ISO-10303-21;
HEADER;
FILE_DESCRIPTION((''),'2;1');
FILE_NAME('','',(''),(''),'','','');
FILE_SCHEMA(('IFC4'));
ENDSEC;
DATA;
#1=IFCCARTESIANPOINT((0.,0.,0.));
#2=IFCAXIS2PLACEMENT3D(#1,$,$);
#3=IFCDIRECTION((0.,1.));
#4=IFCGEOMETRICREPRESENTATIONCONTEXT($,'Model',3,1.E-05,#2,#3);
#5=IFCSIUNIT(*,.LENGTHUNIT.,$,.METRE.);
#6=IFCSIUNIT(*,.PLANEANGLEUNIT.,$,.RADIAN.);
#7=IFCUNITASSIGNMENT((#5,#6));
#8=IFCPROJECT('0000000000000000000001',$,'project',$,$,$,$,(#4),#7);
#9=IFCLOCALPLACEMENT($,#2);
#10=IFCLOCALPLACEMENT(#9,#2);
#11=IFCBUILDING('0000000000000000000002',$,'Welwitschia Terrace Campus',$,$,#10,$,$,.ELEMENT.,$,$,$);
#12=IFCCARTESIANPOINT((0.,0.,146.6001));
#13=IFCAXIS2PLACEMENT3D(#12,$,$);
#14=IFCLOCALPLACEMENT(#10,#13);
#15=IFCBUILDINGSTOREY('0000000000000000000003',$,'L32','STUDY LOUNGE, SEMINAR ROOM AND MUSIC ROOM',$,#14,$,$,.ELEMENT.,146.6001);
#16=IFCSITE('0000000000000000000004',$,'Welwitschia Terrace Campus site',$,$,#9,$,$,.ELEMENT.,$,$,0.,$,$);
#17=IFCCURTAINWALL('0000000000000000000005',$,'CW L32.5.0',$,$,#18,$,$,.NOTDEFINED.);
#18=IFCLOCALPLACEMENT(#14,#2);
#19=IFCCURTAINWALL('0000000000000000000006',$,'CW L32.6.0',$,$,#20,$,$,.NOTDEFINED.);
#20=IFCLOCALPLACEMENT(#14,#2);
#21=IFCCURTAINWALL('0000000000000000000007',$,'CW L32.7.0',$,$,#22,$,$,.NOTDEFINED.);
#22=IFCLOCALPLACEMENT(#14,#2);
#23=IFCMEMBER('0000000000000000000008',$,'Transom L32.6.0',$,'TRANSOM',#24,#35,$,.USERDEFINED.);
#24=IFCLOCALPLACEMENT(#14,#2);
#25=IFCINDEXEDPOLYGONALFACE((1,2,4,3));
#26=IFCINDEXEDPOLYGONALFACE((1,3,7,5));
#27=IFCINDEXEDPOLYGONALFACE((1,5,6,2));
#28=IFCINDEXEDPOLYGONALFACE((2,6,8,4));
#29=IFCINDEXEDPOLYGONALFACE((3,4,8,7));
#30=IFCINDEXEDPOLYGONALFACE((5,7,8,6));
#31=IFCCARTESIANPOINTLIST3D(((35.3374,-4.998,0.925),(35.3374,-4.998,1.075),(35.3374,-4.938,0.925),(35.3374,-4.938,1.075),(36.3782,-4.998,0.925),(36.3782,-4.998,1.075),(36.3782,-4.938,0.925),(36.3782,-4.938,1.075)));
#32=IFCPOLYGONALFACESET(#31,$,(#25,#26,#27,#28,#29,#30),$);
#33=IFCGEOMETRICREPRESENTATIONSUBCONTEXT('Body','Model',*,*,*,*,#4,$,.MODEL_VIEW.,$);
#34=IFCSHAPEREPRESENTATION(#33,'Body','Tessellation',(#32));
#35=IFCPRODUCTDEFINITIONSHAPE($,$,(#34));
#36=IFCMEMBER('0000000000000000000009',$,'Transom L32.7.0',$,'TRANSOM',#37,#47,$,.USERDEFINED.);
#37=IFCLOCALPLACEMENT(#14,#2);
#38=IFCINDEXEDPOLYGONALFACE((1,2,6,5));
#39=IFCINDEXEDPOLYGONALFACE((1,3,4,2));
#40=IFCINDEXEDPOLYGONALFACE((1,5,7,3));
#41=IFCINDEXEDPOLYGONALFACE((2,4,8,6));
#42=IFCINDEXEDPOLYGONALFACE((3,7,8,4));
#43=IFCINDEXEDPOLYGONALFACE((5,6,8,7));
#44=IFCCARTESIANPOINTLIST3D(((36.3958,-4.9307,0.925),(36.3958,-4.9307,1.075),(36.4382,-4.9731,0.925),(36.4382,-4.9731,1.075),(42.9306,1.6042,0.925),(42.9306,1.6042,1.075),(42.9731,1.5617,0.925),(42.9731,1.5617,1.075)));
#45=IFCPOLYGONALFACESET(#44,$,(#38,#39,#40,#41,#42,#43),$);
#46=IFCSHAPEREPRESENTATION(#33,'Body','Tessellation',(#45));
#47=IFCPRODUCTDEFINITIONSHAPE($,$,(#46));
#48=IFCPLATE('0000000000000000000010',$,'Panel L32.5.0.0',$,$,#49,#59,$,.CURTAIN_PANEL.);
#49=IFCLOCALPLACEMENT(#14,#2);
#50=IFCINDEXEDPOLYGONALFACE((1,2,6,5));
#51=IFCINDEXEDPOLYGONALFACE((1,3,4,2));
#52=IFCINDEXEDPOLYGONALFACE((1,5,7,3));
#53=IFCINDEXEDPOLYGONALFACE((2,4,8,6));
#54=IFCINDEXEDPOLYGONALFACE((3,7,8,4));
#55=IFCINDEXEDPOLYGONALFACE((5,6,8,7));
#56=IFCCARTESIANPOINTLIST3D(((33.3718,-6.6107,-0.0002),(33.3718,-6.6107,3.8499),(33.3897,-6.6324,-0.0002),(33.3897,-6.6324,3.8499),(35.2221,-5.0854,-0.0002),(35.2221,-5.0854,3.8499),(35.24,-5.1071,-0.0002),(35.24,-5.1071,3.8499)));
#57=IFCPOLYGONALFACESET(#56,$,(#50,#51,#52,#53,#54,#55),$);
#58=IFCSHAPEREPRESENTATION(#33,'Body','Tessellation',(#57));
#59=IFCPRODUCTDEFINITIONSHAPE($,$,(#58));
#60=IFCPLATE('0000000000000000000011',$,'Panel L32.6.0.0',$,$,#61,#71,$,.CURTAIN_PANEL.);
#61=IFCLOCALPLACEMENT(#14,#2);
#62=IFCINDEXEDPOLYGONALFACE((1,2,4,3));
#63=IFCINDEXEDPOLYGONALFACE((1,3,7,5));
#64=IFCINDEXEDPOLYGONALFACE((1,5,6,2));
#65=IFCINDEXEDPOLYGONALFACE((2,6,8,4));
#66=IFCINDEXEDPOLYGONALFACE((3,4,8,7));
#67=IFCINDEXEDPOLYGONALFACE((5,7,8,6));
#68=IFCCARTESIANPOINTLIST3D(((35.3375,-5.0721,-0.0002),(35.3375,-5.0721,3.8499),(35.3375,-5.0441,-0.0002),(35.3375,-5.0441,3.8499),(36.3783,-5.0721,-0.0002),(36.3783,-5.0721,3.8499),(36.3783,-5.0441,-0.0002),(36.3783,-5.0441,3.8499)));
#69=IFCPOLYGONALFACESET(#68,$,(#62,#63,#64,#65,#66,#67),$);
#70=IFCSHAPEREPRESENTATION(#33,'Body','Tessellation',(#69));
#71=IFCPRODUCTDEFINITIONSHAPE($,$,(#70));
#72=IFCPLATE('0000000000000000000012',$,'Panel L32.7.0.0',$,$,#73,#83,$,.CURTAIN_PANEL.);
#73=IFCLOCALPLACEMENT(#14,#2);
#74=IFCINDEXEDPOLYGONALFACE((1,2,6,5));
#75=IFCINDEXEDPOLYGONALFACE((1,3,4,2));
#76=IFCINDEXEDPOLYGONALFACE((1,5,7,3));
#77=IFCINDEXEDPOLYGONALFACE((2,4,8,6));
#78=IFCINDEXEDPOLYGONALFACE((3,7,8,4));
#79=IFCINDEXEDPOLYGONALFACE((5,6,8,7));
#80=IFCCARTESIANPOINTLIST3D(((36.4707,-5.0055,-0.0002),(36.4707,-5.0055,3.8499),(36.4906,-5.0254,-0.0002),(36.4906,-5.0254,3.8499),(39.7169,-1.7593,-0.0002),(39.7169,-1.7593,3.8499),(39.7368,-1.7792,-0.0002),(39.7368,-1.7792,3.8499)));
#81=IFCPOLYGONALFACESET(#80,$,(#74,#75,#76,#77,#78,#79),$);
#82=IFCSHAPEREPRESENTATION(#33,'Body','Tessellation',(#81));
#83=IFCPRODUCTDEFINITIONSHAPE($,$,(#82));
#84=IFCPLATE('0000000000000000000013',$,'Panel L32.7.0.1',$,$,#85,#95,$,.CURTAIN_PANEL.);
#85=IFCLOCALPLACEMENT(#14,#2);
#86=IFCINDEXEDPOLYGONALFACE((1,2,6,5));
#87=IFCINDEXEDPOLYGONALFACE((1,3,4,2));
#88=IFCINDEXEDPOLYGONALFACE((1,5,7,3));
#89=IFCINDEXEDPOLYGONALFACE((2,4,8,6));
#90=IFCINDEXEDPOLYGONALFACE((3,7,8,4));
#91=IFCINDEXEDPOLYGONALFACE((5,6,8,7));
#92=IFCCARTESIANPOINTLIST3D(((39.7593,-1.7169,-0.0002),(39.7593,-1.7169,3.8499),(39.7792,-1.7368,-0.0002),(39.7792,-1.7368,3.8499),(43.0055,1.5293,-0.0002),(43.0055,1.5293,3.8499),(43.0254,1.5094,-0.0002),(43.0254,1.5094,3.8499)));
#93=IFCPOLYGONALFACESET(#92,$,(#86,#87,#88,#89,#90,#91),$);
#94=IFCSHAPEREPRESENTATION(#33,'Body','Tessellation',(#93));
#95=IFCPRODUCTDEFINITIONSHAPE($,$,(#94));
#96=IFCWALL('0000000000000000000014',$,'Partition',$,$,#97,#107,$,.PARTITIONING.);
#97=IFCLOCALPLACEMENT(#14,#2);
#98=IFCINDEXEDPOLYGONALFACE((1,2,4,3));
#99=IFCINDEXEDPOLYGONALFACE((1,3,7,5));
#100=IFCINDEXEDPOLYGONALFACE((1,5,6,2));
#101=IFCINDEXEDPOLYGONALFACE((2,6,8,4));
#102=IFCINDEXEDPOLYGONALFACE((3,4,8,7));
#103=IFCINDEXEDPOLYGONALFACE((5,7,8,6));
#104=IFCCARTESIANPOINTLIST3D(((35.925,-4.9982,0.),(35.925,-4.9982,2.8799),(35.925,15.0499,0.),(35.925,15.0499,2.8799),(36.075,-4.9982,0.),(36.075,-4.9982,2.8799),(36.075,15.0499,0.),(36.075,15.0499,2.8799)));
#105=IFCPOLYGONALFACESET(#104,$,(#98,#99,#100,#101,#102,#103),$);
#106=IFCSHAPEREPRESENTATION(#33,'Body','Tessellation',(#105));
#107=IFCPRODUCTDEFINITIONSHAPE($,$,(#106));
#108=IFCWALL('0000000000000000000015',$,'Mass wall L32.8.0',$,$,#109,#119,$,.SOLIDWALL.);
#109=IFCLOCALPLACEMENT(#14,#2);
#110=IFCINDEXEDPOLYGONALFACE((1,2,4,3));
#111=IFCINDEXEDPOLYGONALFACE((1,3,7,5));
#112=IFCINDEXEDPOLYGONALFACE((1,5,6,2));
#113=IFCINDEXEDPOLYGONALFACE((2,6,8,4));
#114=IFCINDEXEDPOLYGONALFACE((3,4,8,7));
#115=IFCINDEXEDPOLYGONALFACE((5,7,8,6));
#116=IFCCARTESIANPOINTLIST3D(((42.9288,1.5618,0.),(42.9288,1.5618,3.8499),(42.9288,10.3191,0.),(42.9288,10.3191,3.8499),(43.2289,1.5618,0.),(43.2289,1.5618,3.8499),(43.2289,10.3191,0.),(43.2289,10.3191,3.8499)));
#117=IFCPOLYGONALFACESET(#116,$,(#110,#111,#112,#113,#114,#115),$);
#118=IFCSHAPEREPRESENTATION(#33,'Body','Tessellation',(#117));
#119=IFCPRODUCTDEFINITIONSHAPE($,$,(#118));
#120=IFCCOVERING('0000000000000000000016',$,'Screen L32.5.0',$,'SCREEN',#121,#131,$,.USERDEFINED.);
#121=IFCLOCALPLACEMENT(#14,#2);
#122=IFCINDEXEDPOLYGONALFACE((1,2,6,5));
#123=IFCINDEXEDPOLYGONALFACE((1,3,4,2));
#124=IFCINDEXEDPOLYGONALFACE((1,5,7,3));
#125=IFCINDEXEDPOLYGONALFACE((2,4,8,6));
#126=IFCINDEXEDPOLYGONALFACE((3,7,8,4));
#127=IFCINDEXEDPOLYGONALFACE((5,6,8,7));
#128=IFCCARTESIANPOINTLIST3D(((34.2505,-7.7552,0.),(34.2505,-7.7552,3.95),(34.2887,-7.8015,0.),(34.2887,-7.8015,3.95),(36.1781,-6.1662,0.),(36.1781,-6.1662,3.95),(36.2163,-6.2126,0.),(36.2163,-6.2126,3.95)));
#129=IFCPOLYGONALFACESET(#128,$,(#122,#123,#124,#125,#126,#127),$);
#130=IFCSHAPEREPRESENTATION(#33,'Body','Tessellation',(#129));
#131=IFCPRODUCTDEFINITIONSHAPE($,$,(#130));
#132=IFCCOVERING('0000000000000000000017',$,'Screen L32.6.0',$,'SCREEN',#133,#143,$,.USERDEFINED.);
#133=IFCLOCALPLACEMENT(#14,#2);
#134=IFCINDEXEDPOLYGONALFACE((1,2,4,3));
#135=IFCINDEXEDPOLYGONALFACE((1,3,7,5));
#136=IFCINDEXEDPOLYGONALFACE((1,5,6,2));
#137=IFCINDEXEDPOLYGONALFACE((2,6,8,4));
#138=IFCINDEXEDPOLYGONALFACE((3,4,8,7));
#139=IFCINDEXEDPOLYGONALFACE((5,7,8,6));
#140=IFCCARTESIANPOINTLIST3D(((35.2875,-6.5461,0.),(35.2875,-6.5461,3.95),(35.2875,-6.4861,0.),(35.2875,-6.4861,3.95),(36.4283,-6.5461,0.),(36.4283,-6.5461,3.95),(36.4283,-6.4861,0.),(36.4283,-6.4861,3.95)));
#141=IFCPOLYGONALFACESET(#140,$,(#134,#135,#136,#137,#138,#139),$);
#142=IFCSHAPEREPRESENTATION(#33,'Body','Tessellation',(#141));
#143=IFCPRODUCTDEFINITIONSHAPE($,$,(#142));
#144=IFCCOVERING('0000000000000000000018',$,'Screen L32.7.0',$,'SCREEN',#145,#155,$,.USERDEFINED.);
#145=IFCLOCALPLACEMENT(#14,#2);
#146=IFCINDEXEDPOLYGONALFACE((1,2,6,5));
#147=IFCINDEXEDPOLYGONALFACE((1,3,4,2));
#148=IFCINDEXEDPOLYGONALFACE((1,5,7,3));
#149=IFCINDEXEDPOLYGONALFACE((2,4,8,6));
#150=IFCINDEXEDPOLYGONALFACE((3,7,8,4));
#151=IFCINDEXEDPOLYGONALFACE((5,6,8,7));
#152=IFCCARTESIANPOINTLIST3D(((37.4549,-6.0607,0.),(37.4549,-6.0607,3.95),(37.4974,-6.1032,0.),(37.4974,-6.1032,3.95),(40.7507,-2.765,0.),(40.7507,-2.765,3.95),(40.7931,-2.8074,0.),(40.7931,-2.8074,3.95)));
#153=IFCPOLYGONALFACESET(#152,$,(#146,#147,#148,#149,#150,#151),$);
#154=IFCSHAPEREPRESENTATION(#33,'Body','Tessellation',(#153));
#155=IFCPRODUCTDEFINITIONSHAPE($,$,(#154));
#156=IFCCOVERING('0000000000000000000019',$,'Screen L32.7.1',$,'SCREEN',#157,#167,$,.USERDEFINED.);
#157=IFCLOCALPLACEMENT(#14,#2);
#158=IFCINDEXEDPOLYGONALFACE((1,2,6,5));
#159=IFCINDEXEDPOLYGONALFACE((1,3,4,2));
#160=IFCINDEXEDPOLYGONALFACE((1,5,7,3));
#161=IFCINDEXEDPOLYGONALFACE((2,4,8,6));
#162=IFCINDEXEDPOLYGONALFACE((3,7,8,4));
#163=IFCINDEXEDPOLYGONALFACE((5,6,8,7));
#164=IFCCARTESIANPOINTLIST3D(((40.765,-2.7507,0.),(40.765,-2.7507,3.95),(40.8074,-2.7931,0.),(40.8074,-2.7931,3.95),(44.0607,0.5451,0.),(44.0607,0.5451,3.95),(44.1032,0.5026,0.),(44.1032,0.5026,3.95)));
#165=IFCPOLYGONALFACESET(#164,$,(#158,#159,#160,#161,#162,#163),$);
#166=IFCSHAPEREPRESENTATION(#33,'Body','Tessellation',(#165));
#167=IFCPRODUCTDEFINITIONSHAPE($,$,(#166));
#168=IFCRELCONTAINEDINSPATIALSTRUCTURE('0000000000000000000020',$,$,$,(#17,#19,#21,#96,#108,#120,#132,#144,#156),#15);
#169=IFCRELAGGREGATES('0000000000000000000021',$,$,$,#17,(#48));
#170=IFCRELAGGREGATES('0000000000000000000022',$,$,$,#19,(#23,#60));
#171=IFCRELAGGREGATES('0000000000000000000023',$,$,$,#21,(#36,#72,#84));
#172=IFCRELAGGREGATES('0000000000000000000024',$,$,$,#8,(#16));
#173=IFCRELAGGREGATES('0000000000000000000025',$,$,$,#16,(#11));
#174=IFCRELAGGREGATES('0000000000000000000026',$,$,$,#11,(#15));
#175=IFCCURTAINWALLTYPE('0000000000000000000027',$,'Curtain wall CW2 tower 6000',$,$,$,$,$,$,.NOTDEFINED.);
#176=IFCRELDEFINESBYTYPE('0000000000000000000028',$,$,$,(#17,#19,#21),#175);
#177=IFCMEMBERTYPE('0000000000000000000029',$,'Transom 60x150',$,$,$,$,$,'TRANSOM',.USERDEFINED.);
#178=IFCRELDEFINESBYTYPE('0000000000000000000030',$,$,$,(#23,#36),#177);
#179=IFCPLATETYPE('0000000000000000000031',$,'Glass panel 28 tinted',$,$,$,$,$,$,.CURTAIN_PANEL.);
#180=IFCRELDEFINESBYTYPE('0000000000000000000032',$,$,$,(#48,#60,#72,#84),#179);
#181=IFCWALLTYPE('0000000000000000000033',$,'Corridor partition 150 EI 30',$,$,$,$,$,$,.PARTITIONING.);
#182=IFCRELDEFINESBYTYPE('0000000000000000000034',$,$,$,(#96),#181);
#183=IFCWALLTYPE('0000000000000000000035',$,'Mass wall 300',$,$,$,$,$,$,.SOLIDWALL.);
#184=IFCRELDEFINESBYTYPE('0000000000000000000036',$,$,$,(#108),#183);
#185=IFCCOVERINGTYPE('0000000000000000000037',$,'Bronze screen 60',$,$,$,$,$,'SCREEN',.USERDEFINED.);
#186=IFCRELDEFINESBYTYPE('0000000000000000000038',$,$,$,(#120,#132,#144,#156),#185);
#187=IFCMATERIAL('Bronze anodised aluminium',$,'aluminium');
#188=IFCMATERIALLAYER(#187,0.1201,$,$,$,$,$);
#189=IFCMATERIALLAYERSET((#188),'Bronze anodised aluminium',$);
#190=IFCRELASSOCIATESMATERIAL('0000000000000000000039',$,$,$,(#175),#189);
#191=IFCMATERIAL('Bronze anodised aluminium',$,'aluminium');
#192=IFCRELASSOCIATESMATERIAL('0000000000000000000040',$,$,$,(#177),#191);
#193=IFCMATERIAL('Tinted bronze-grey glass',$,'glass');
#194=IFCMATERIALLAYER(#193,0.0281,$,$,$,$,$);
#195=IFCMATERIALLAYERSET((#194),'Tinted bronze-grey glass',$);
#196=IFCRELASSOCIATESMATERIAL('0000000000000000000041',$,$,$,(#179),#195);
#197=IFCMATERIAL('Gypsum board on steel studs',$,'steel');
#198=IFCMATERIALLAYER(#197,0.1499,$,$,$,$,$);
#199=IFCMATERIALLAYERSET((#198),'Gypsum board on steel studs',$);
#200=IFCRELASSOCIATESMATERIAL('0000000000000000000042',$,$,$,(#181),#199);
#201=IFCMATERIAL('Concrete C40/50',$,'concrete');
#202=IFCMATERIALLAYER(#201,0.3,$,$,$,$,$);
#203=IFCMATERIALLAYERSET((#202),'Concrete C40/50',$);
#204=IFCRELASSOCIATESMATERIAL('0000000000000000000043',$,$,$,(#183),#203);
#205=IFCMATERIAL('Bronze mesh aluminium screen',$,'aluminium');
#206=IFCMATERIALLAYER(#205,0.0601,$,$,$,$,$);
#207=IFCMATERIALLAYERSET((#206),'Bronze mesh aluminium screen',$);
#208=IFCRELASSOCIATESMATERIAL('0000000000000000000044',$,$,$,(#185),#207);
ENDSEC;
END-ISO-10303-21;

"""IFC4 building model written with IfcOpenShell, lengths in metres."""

from ifc_helpers import new_model, si_unit, direction, frame, frame_2d, origin, origin_2d, place, context, subcontext, project, spatial, rectangle, extrude, material, layer, layer_set, material_profile, profile_set, type_object, element, aggregate, save


model = new_model("IFC4")

# Units and contexts
model_context = context("Model", 3, precision=1e-05, world=origin(), true_north=direction((0.0, 1.0)))
body_context = subcontext(model_context, "Body", "Model", "MODEL_VIEW")
ifc_project = project(units=[si_unit("LENGTHUNIT", "METRE"), si_unit("PLANEANGLEUNIT", "RADIAN")], contexts=[model_context])

# Site, building, storey
site_placement = place(None, origin())
site = spatial("IfcSite", under=ifc_project, at=site_placement, Name="Welwitschia Terrace Campus site", CompositionType="ELEMENT", RefElevation=0.0)
building_placement = place(site_placement, origin())
building = spatial("IfcBuilding", under=site, at=building_placement, Name="Welwitschia Terrace Campus", CompositionType="ELEMENT")
storey_placement = place(building_placement, frame((0.0, 0.0, 146.6001)))
storey = spatial("IfcBuildingStorey", under=building, at=storey_placement, Name="L32", Description="STUDY LOUNGE, SEMINAR ROOM AND MUSIC ROOM", CompositionType="ELEMENT", Elevation=146.6001)

# Curtain wall
ifc_material_1 = material(Name="Bronze anodised aluminium", Category="aluminium")
ifc_layer_1 = layer(ifc_material_1, 0.1201)
ifc_layer_set_1 = layer_set([ifc_layer_1], Name="Bronze anodised aluminium")
curtain_wall_type = type_object("IfcCurtainWallType", Name="Curtain wall CW2 tower 6000", PredefinedType="NOTDEFINED", material=ifc_layer_set_1)
curtain_wall_1_placement = place(storey_placement, origin())
curtain_wall_1 = element("IfcCurtainWall", 1, at=curtain_wall_1_placement, inside=storey, type_object=curtain_wall_type, Name="CW L32.5.0", PredefinedType="NOTDEFINED")

# Curtain walls
curtain_wall_2_placement = place(storey_placement, origin())
curtain_wall_2 = element("IfcCurtainWall", 2, at=curtain_wall_2_placement, inside=storey, type_object=curtain_wall_type, Name="CW L32.6.0", PredefinedType="NOTDEFINED")
curtain_wall_3_placement = place(storey_placement, origin())
curtain_wall_3 = element("IfcCurtainWall", 3, at=curtain_wall_3_placement, inside=storey, type_object=curtain_wall_type, Name="CW L32.7.0", PredefinedType="NOTDEFINED")

# Members
ifc_material_2 = material(Name="Bronze anodised aluminium", Category="aluminium")
ifc_material_profile_1 = material_profile(ifc_material_2, rectangle(XDim=0.0601, YDim=0.1499, at=origin_2d()))
ifc_profile_set_1 = profile_set([ifc_material_profile_1], Name="Bronze anodised aluminium")
member_type_1 = type_object("IfcMemberType", Name="Transom 60x150", ElementType="TRANSOM", PredefinedType="USERDEFINED", material=ifc_profile_set_1)
member_1_placement = place(storey_placement, frame((35.3374, -4.968, 1.0), z_axis=(1.0, 0.0, 0.0), x_axis=(0.0, 1.0, 0.0)))
member_1 = element("IfcMember", 4, at=member_1_placement, type_object=member_type_1, Name="Transom L32.6.0", ObjectType="TRANSOM", PredefinedType="USERDEFINED", context=body_context, shape_type="SweptSolid", body=[
    extrude(rectangle(XDim=0.0601, YDim=0.1499, at=origin_2d()), origin(), (0.0, 0.0, 1.0), 1.0408),
])
member_2_placement = place(storey_placement, frame((36.417, -4.9519, 1.0), z_axis=(0.707107, 0.707107, 0.0), x_axis=(-0.707107, 0.707107, 0.0)))
member_2 = element("IfcMember", 5, at=member_2_placement, type_object=member_type_1, Name="Transom L32.7.0", ObjectType="TRANSOM", PredefinedType="USERDEFINED", context=body_context, shape_type="SweptSolid", body=[
    extrude(rectangle(XDim=0.0601, YDim=0.1499, at=origin_2d()), origin(), (0.0, 0.0, 1.0), 9.2417),
])

# Plates
ifc_material_3 = material(Name="Tinted bronze-grey glass", Category="glass")
ifc_layer_2 = layer(ifc_material_3, 0.0281)
ifc_layer_set_2 = layer_set([ifc_layer_2], Name="Tinted bronze-grey glass")
plate_type = type_object("IfcPlateType", Name="Glass panel 28 tinted", PredefinedType="CURTAIN_PANEL", material=ifc_layer_set_2)
plate_1_placement = place(storey_placement, frame((34.3059, -5.8589, -0.0002), z_axis=(0.0, 0.0, 1.0), x_axis=(0.771625, 0.636078, 0.0)))
plate_1 = element("IfcPlate", 6, at=plate_1_placement, type_object=plate_type, Name="Panel L32.5.0.0", PredefinedType="CURTAIN_PANEL", context=body_context, shape_type="SweptSolid", body=[
    extrude(rectangle(XDim=2.3979, YDim=0.0281, at=origin_2d()), origin(), (0.0, 0.0, 1.0), 3.8501),
])
aggregate(curtain_wall_1, [plate_1])
plate_2_placement = place(storey_placement, frame((35.8579, -5.0581, -0.0002), z_axis=(0.0, 0.0, 1.0), x_axis=(1.0, 0.0, 0.0)))
plate_2 = element("IfcPlate", 7, at=plate_2_placement, type_object=plate_type, Name="Panel L32.6.0.0", PredefinedType="CURTAIN_PANEL", context=body_context, shape_type="SweptSolid", body=[
    extrude(rectangle(XDim=1.0408, YDim=0.0281, at=origin_2d()), origin(), (0.0, 0.0, 1.0), 3.8501),
])
aggregate(curtain_wall_2, [member_1, plate_2])
plate_3_placement = place(storey_placement, frame((38.1038, -3.3923, -0.0002), z_axis=(0.0, 0.0, 1.0), x_axis=(0.707107, 0.707107, 0.0)))
plate_3 = element("IfcPlate", 8, at=plate_3_placement, type_object=plate_type, Name="Panel L32.7.0.0", PredefinedType="CURTAIN_PANEL", context=body_context, shape_type="SweptSolid", body=[
    extrude(rectangle(XDim=4.5908, YDim=0.0281, at=origin_2d()), origin(), (0.0, 0.0, 1.0), 3.8501),
])
plate_4_placement = place(storey_placement, frame((41.3923, -0.1038, -0.0002), z_axis=(0.0, 0.0, 1.0), x_axis=(0.707107, 0.707107, 0.0)))
plate_4 = element("IfcPlate", 9, at=plate_4_placement, type_object=plate_type, Name="Panel L32.7.0.1", PredefinedType="CURTAIN_PANEL", context=body_context, shape_type="SweptSolid", body=[
    extrude(rectangle(XDim=4.5908, YDim=0.0281, at=origin_2d()), origin(), (0.0, 0.0, 1.0), 3.8501),
])
aggregate(curtain_wall_3, [member_2, plate_3, plate_4])

# Walls
ifc_material_4 = material(Name="Gypsum board on steel studs", Category="steel")
ifc_layer_3 = layer(ifc_material_4, 0.1499)
ifc_layer_set_3 = layer_set([ifc_layer_3], Name="Gypsum board on steel studs")
wall_type_1 = type_object("IfcWallType", Name="Corridor partition 150 EI 30", PredefinedType="PARTITIONING", material=ifc_layer_set_3)
wall_1_placement = place(storey_placement, frame((36.0, -4.998, 0.0), z_axis=(0.0, 0.0, 1.0), x_axis=(0.0, 1.0, 0.0)))
element("IfcWall", 10, at=wall_1_placement, inside=storey, type_object=wall_type_1, Name="Partition", PredefinedType="PARTITIONING", context=body_context, shape_type="SweptSolid", body=[
    extrude(rectangle(XDim=20.0481, YDim=0.1499, at=frame_2d((10.0239, 0.0))), origin(), (0.0, 0.0, 1.0), 2.8799),
])
ifc_material_5 = material(Name="Concrete C40/50", Category="concrete")
ifc_layer_4 = layer(ifc_material_5, 0.3)
ifc_layer_set_4 = layer_set([ifc_layer_4], Name="Concrete C40/50")
wall_type_2 = type_object("IfcWallType", Name="Mass wall 300", PredefinedType="SOLIDWALL", material=ifc_layer_set_4)
wall_2_placement = place(storey_placement, frame((43.0789, 1.5618, 0.0), z_axis=(0.0, 0.0, 1.0), x_axis=(0.0, 1.0, 0.0)))
element("IfcWall", 11, at=wall_2_placement, inside=storey, type_object=wall_type_2, Name="Mass wall L32.8.0", PredefinedType="SOLIDWALL", context=body_context, shape_type="SweptSolid", body=[
    extrude(rectangle(XDim=8.7573, YDim=0.3, at=frame_2d((4.3787, 0.0))), origin(), (0.0, 0.0, 1.0), 3.8499),
])

# Coverings
ifc_material_6 = material(Name="Bronze mesh aluminium screen", Category="aluminium")
ifc_layer_5 = layer(ifc_material_6, 0.0601)
ifc_layer_set_5 = layer_set([ifc_layer_5], Name="Bronze mesh aluminium screen")
covering_type = type_object("IfcCoveringType", Name="Bronze screen 60", ElementType="SCREEN", PredefinedType="USERDEFINED", material=ifc_layer_set_5)
covering_1_placement = place(storey_placement, frame((35.2334, -6.9839, 0.0), z_axis=(0.0, 0.0, 1.0), x_axis=(0.771625, 0.636078, 0.0)))
element("IfcCovering", 12, at=covering_1_placement, inside=storey, type_object=covering_type, Name="Screen L32.5.0", ObjectType="SCREEN", PredefinedType="USERDEFINED", context=body_context, shape_type="SweptSolid", body=[
    extrude(rectangle(XDim=2.498, YDim=0.0601, at=origin_2d()), origin(), (0.0, 0.0, 1.0), 3.95),
])
covering_2_placement = place(storey_placement, frame((35.8579, -6.5161, 0.0), z_axis=(0.0, 0.0, 1.0), x_axis=(1.0, 0.0, 0.0)))
element("IfcCovering", 13, at=covering_2_placement, inside=storey, type_object=covering_type, Name="Screen L32.6.0", ObjectType="SCREEN", PredefinedType="USERDEFINED", context=body_context, shape_type="SweptSolid", body=[
    extrude(rectangle(XDim=1.1409, YDim=0.0601, at=origin_2d()), origin(), (0.0, 0.0, 1.0), 3.95),
])
for number, where, z_axis, x_axis, name in (
    (14, (39.124, -4.4341, 0.0), (0.0, 0.0, 1.0), (0.707107, 0.707107, 0.0), "Screen L32.7.0"),
    (15, (42.4341, -1.124, 0.0), (0.0, 0.0, 1.0), (0.707107, 0.707107, 0.0), "Screen L32.7.1"),
):
    element("IfcCovering", number, at=place(storey_placement, frame(where, z_axis=z_axis, x_axis=x_axis)), inside=storey, type_object=covering_type, Name=name, ObjectType="SCREEN", PredefinedType="USERDEFINED", context=body_context, shape_type="SweptSolid", body=[
        extrude(rectangle(XDim=4.6609, YDim=0.0601, at=origin_2d()), origin(), (0.0, 0.0, 1.0), 3.95),
    ])

save(model, "model.ifc")
